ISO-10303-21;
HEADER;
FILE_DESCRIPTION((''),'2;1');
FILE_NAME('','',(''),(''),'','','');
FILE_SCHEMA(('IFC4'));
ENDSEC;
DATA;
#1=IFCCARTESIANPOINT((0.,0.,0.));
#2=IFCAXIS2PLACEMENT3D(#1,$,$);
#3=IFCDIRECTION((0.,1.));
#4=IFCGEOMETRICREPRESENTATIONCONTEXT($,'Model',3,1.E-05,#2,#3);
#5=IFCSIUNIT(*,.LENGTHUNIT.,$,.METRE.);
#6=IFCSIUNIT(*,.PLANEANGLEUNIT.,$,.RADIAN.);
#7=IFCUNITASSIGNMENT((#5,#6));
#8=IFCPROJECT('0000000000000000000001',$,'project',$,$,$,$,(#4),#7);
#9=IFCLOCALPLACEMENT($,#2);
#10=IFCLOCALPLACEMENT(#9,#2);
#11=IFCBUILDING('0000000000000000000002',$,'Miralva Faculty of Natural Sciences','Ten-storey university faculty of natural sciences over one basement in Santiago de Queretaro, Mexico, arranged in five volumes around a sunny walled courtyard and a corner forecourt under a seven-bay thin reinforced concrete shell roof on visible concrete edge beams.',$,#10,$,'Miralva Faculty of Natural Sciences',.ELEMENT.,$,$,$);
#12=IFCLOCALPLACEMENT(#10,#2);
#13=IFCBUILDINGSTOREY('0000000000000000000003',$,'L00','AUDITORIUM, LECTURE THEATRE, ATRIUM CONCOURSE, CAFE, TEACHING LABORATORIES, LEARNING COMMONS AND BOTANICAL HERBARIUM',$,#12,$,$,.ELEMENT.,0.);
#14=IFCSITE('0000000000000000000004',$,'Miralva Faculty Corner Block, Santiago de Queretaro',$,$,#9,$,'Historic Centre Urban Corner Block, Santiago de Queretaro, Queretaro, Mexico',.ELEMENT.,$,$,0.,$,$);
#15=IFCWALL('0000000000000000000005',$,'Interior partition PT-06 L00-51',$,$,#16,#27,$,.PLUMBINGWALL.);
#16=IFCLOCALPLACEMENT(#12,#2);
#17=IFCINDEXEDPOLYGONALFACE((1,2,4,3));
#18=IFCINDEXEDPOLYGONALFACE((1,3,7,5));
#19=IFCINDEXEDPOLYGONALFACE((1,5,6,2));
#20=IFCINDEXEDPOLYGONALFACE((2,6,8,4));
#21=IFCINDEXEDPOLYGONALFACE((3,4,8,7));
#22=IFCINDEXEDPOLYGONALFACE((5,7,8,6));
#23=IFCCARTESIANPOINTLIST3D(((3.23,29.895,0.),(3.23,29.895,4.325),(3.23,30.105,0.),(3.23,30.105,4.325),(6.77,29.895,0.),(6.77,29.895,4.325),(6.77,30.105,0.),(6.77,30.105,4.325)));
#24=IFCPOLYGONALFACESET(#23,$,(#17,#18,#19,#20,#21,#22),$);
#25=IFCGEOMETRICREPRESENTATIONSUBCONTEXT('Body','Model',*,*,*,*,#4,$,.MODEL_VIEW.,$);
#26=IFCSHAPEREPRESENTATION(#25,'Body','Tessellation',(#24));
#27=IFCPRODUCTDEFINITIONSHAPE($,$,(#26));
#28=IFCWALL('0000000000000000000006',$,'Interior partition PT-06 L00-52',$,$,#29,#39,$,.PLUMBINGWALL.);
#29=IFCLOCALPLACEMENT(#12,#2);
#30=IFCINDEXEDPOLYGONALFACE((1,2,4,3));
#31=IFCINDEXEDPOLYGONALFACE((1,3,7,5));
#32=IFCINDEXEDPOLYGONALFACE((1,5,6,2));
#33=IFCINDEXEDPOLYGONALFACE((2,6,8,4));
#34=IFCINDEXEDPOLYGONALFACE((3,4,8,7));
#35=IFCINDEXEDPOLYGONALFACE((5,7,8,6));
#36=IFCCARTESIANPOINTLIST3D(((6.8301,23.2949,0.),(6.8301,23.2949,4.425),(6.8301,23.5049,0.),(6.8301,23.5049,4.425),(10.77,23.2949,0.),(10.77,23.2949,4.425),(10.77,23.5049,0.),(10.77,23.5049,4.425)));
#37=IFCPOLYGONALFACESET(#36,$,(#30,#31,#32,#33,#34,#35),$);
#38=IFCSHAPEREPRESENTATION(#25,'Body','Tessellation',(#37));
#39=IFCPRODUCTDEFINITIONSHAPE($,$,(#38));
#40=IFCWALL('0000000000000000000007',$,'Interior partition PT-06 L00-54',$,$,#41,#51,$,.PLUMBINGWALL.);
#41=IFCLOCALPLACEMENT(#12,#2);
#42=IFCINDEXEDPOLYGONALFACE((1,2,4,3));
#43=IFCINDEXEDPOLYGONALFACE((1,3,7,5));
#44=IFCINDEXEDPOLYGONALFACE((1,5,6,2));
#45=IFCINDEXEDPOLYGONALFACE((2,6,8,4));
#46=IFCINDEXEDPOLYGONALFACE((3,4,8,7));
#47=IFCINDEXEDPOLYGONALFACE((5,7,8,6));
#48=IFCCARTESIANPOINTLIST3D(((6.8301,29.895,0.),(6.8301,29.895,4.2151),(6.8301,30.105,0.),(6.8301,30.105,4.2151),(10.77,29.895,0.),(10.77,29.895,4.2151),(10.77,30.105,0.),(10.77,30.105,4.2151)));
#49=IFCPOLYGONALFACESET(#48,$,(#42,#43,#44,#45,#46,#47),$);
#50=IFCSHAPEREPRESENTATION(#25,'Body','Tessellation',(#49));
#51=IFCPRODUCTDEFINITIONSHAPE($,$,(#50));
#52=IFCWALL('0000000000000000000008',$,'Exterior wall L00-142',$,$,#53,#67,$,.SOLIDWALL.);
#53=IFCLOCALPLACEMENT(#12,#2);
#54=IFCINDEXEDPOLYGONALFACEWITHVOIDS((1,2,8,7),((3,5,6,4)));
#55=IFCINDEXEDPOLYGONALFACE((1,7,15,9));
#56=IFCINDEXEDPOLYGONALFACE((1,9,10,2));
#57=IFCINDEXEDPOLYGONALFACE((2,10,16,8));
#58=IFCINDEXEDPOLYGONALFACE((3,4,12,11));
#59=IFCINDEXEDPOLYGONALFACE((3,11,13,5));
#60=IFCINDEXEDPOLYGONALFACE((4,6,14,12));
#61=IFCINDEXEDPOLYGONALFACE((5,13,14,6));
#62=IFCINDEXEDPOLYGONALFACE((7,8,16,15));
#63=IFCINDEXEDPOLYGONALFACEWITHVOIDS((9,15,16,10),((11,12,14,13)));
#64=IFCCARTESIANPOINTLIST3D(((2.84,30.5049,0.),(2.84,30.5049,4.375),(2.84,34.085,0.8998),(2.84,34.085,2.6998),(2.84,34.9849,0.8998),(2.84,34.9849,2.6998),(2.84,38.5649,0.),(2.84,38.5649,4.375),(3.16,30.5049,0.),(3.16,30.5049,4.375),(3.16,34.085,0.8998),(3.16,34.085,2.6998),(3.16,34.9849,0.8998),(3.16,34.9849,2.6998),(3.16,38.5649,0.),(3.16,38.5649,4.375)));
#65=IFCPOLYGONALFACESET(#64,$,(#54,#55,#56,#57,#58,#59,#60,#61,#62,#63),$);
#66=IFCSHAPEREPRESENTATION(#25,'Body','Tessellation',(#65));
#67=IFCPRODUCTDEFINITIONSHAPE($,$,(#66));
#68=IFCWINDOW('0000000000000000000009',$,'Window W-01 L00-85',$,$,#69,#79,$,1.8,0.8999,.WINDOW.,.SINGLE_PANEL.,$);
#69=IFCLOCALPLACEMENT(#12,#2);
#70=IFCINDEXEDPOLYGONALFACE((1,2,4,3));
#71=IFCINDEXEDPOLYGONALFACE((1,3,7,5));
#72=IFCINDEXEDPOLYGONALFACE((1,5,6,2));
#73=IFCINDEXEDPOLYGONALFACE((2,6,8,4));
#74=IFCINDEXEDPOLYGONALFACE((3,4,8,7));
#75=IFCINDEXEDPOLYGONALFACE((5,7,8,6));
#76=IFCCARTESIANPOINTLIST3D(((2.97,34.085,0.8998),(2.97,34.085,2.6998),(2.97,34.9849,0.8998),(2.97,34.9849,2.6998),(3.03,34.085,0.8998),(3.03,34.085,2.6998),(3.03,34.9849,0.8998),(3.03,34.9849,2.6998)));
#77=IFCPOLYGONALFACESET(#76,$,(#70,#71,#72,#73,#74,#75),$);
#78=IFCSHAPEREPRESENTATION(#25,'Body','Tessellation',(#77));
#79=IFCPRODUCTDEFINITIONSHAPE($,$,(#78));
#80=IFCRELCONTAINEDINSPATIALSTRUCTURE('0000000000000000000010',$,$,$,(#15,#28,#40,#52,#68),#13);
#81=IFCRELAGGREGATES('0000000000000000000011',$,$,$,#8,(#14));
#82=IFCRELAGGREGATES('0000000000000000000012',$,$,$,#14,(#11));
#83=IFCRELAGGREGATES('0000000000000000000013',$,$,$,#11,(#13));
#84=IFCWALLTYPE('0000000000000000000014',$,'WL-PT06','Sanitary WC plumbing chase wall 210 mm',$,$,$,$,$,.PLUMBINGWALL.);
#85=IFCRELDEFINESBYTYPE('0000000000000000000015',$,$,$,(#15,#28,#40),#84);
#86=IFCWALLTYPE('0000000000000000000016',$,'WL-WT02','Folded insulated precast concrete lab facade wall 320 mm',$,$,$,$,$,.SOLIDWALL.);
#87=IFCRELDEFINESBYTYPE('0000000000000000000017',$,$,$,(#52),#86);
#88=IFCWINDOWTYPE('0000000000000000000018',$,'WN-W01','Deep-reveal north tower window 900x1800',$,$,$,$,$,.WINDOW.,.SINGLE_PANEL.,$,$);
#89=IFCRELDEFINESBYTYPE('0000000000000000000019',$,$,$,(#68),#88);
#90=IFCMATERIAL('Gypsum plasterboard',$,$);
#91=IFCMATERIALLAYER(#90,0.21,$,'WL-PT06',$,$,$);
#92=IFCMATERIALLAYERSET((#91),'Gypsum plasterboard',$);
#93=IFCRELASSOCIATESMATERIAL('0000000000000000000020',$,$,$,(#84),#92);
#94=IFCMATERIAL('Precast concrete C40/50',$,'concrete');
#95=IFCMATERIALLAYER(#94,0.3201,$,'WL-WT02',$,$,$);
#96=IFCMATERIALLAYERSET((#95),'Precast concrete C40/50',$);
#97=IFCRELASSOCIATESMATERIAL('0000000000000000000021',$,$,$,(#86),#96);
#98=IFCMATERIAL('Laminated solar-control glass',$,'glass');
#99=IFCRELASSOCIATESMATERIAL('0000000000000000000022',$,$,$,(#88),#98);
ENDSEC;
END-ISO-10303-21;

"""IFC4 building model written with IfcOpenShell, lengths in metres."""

from ifc_helpers import new_model, si_unit, direction, frame, frame_2d, origin, place, context, subcontext, project, spatial, rectangle, extrude, material, layer, layer_set, type_object, element, fill, save


model = new_model("IFC4")

# Units and contexts
model_context = context("Model", 3, precision=1e-05, world=origin(), true_north=direction((0.0, 1.0)))
body_context = subcontext(model_context, "Body", "Model", "MODEL_VIEW")
ifc_project = project(units=[si_unit("LENGTHUNIT", "METRE"), si_unit("PLANEANGLEUNIT", "RADIAN")], contexts=[model_context])

# Site, building, storey
site_placement = place(None, origin())
site = spatial("IfcSite", under=ifc_project, at=site_placement, Name="Miralva Faculty Corner Block, Santiago de Queretaro", LongName="Historic Centre Urban Corner Block, Santiago de Queretaro, Queretaro, Mexico", CompositionType="ELEMENT", RefElevation=0.0)
building_placement = place(site_placement, origin())
building = spatial("IfcBuilding", under=site, at=building_placement, Name="Miralva Faculty of Natural Sciences", Description="Ten-storey university faculty of natural sciences over one basement in Santiago de Queretaro, Mexico, arranged in five volumes around a sunny walled courtyard and a corner forecourt under a seven-bay thin reinforced concrete shell roof on visible concrete edge beams.", LongName="Miralva Faculty of Natural Sciences", CompositionType="ELEMENT")
storey_placement = place(building_placement, origin())
storey = spatial("IfcBuildingStorey", under=building, at=storey_placement, Name="L00", Description="AUDITORIUM, LECTURE THEATRE, ATRIUM CONCOURSE, CAFE, TEACHING LABORATORIES, LEARNING COMMONS AND BOTANICAL HERBARIUM", CompositionType="ELEMENT", Elevation=0.0)

# Shared definitions
ifc_material_1 = material(Name="Gypsum plasterboard")
ifc_layer_1 = layer(ifc_material_1, 0.21, Name="WL-PT06")
ifc_layer_set_1 = layer_set([ifc_layer_1], Name="Gypsum plasterboard")
wall_type_1 = type_object("IfcWallType", Name="WL-PT06", Description="Sanitary WC plumbing chase wall 210 mm", PredefinedType="PLUMBINGWALL", material=ifc_layer_set_1)

# Walls
wall_1_placement = place(storey_placement, frame((3.23, 30.0, 0.0), z_axis=(0.0, 0.0, 1.0), x_axis=(1.0, 0.0, 0.0)))
element("IfcWall", 1, at=wall_1_placement, inside=storey, type_object=wall_type_1, Name="Interior partition PT-06 L00-51", PredefinedType="PLUMBINGWALL", context=body_context, shape_type="SweptSolid", body=[
    extrude(rectangle(XDim=3.54, YDim=0.21, at=frame_2d((1.77, 0.0))), origin(), (0.0, 0.0, 1.0), 4.325),
])
wall_2_placement = place(storey_placement, frame((6.8301, 23.3999, 0.0), z_axis=(0.0, 0.0, 1.0), x_axis=(1.0, 0.0, 0.0)))
element("IfcWall", 2, at=wall_2_placement, inside=storey, type_object=wall_type_1, Name="Interior partition PT-06 L00-52", PredefinedType="PLUMBINGWALL", context=body_context, shape_type="SweptSolid", body=[
    extrude(rectangle(XDim=3.9399, YDim=0.21, at=frame_2d((1.97, 0.0))), origin(), (0.0, 0.0, 1.0), 4.425),
])
wall_3_placement = place(storey_placement, frame((6.8301, 30.0, 0.0), z_axis=(0.0, 0.0, 1.0), x_axis=(1.0, 0.0, 0.0)))
element("IfcWall", 3, at=wall_3_placement, inside=storey, type_object=wall_type_1, Name="Interior partition PT-06 L00-54", PredefinedType="PLUMBINGWALL", context=body_context, shape_type="SweptSolid", body=[
    extrude(rectangle(XDim=3.9399, YDim=0.21, at=frame_2d((1.97, 0.0))), origin(), (0.0, 0.0, 1.0), 4.2151),
])

# Wall, opening, window
ifc_material_2 = material(Name="Precast concrete C40/50", Category="concrete")
ifc_layer_2 = layer(ifc_material_2, 0.3201, Name="WL-WT02")
ifc_layer_set_2 = layer_set([ifc_layer_2], Name="Precast concrete C40/50")
wall_type_2 = type_object("IfcWallType", Name="WL-WT02", Description="Folded insulated precast concrete lab facade wall 320 mm", PredefinedType="SOLIDWALL", material=ifc_layer_set_2)
wall_4_placement = place(storey_placement, frame((3.0, 30.5049, 0.0), z_axis=(0.0, 0.0, 1.0), x_axis=(0.0, 1.0, 0.0)))
wall_4 = element("IfcWall", 4, at=wall_4_placement, inside=storey, type_object=wall_type_2, Name="Exterior wall L00-142", PredefinedType="SOLIDWALL", context=body_context, shape_type="SweptSolid", body=[
    extrude(rectangle(XDim=8.0601, YDim=0.3201, at=frame_2d((4.03, 0.0))), origin(), (0.0, 0.0, 1.0), 4.375),
])
opening_1_placement = place(wall_4_placement, frame((3.5801, 0.0, 0.8999)))
opening_1 = element("IfcOpeningElement", 5, at=opening_1_placement, cuts=wall_4, PredefinedType="OPENING", context=body_context, shape_type="SweptSolid", body=[
    extrude(rectangle(XDim=0.8999, YDim=1.8, at=frame_2d((0.45, 0.8999))), frame((0.0, 0.1699, 0.0), z_axis=(0.0, -1.0, 0.0), x_axis=(1.0, 0.0, 0.0)), (0.0, 0.0, 1.0), 0.3401),
])
ifc_material_3 = material(Name="Laminated solar-control glass", Category="glass")
window_type = type_object("IfcWindowType", Name="WN-W01", Description="Deep-reveal north tower window 900x1800", PartitioningType="SINGLE_PANEL", PredefinedType="WINDOW", material=ifc_material_3)
window_placement = place(opening_1_placement, origin())
window = element("IfcWindow", 6, at=window_placement, inside=storey, type_object=window_type, Name="Window W-01 L00-85", OverallHeight=1.8, OverallWidth=0.8999, PartitioningType="SINGLE_PANEL", PredefinedType="WINDOW", context=body_context, shape_type="SweptSolid", body=[
    extrude(rectangle(XDim=0.8999, YDim=1.8, at=frame_2d((0.45, 0.8999))), frame((0.0, 0.03, 0.0), z_axis=(0.0, -1.0, 0.0), x_axis=(1.0, 0.0, 0.0)), (0.0, 0.0, 1.0), 0.0601),
])
fill(opening_1, window)

save(model, "model.ifc")
